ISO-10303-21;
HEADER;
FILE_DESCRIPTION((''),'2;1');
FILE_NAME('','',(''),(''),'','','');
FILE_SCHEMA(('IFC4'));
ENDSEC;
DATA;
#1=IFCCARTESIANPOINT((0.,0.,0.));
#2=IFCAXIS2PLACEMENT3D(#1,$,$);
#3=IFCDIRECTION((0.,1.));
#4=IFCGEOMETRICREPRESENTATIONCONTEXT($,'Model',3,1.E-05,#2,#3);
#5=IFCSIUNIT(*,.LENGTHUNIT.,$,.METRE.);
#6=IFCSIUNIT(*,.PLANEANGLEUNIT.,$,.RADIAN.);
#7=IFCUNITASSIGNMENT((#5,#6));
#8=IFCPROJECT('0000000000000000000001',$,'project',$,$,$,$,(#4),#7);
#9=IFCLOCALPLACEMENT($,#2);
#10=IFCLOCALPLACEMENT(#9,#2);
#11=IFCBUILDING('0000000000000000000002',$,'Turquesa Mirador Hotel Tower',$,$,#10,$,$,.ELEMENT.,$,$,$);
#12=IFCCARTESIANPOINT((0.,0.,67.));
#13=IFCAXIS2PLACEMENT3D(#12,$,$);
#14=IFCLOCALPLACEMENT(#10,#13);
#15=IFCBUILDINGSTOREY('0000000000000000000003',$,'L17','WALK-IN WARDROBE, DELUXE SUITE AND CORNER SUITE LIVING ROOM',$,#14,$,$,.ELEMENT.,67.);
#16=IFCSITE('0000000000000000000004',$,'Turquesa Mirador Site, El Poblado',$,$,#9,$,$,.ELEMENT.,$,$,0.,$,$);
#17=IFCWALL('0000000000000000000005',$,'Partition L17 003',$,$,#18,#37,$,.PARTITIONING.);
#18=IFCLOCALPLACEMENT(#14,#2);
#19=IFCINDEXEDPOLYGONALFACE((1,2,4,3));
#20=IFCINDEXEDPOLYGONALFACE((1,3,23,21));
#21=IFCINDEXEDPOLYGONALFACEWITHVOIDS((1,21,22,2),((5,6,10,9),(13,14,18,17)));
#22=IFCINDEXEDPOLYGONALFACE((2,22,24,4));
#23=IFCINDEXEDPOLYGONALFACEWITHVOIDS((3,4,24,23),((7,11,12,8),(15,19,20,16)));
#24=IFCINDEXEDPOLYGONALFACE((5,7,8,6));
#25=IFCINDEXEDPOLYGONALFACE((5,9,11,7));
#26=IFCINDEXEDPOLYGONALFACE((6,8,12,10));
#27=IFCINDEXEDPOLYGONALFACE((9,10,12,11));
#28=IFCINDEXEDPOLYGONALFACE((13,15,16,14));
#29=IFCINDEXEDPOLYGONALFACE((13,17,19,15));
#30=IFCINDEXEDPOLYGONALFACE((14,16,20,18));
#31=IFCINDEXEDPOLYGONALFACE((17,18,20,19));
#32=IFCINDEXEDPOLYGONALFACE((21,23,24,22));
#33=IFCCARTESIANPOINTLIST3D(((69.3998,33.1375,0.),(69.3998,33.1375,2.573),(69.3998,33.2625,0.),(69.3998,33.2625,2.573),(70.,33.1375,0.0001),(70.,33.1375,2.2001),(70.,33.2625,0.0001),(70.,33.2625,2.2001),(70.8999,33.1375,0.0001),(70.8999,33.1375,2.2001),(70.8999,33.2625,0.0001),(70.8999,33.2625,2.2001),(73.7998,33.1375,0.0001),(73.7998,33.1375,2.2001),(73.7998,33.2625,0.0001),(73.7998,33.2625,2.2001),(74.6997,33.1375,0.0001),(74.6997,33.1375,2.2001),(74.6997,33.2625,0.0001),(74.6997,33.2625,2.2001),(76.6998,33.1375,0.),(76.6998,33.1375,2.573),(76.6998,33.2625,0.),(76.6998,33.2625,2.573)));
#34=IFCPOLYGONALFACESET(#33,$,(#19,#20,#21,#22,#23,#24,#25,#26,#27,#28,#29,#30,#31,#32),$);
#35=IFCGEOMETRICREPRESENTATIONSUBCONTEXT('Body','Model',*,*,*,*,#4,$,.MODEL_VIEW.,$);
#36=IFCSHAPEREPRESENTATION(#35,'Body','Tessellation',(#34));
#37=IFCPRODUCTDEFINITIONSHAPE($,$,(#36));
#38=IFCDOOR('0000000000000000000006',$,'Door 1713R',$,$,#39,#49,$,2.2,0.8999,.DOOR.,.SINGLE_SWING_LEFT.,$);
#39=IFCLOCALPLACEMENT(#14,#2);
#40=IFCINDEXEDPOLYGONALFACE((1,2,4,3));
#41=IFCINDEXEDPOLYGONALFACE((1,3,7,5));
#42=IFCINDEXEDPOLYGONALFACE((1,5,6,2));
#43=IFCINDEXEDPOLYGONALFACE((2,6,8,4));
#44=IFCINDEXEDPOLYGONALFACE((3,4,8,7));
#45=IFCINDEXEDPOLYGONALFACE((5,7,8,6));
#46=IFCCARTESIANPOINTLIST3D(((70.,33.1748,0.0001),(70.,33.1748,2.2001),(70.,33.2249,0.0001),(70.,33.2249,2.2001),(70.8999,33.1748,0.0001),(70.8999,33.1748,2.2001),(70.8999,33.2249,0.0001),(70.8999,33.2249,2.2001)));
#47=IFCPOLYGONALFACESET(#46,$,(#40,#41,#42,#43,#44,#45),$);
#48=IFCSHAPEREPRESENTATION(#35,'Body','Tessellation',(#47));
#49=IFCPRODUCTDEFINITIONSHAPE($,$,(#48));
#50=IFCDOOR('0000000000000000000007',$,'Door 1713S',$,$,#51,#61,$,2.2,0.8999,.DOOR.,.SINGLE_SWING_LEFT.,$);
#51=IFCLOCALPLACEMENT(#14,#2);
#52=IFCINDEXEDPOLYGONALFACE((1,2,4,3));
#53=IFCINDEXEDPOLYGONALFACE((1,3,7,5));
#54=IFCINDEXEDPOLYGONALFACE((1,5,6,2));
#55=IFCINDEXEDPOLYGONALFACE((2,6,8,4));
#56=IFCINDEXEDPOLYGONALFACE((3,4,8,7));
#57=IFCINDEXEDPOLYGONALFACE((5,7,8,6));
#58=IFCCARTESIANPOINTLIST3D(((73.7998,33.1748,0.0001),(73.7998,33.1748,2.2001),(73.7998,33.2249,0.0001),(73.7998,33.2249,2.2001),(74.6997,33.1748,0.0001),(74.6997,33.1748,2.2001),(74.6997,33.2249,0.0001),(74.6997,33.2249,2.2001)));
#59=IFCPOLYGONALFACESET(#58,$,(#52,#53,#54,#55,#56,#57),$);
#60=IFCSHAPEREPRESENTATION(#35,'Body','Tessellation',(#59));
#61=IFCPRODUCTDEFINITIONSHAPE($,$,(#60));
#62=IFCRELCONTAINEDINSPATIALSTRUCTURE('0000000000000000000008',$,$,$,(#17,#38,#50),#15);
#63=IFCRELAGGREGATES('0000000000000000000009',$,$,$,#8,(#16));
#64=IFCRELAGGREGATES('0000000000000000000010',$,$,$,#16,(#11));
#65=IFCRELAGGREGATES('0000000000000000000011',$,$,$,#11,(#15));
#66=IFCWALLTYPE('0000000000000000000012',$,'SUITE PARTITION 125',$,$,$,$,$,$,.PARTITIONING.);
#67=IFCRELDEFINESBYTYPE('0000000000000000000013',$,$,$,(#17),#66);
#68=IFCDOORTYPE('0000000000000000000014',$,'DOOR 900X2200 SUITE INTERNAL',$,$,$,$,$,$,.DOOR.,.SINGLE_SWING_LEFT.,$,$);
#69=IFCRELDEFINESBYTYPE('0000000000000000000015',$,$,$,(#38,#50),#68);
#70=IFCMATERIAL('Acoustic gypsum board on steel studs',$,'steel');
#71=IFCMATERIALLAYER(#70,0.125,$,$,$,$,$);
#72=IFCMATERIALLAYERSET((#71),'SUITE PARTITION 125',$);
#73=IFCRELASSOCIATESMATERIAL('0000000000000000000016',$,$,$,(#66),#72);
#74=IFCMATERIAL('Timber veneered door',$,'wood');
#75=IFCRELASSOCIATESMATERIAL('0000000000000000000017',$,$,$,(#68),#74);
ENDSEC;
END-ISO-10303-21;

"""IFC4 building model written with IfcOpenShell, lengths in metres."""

from ifc_helpers import new_model, si_unit, direction, frame, frame_2d, origin, place, context, subcontext, project, spatial, rectangle, extrude, material, layer, layer_set, type_object, element, fill, save


model = new_model("IFC4")

# Units and contexts
model_context = context("Model", 3, precision=1e-05, world=origin(), true_north=direction((0.0, 1.0)))
body_context = subcontext(model_context, "Body", "Model", "MODEL_VIEW")
ifc_project = project(units=[si_unit("LENGTHUNIT", "METRE"), si_unit("PLANEANGLEUNIT", "RADIAN")], contexts=[model_context])

# Site, building, storey
site_placement = place(None, origin())
site = spatial("IfcSite", under=ifc_project, at=site_placement, Name="Turquesa Mirador Site, El Poblado", CompositionType="ELEMENT", RefElevation=0.0)
building_placement = place(site_placement, origin())
building = spatial("IfcBuilding", under=site, at=building_placement, Name="Turquesa Mirador Hotel Tower", CompositionType="ELEMENT")
storey_placement = place(building_placement, frame((0.0, 0.0, 67.0)))
storey = spatial("IfcBuildingStorey", under=building, at=storey_placement, Name="L17", Description="WALK-IN WARDROBE, DELUXE SUITE AND CORNER SUITE LIVING ROOM", CompositionType="ELEMENT", Elevation=67.0)

# Wall, openings, doors
ifc_material_1 = material(Name="Acoustic gypsum board on steel studs", Category="steel")
ifc_layer_1 = layer(ifc_material_1, 0.125)
ifc_layer_set_1 = layer_set([ifc_layer_1], Name="SUITE PARTITION 125")
wall_type_1 = type_object("IfcWallType", Name="SUITE PARTITION 125", PredefinedType="PARTITIONING", material=ifc_layer_set_1)
wall_1_placement = place(storey_placement, frame((69.3999, 33.2, 0.0), z_axis=(0.0, 0.0, 1.0), x_axis=(1.0, 0.0, 0.0)))
wall_1 = element("IfcWall", 1, at=wall_1_placement, inside=storey, type_object=wall_type_1, Name="Partition L17 003", PredefinedType="PARTITIONING", context=body_context, shape_type="SweptSolid", body=[
    extrude(rectangle(XDim=7.3, YDim=0.125, at=frame_2d((3.6499, 0.0))), origin(), (0.0, 0.0, 1.0), 2.573),
])
opening_1_placement = place(wall_1_placement, frame((0.6001, 0.0, 0.0)))
opening_1 = element("IfcOpeningElement", 2, at=opening_1_placement, cuts=wall_1, PredefinedType="OPENING", context=body_context, shape_type="SweptSolid", body=[
    extrude(rectangle(XDim=0.8999, YDim=2.2, at=frame_2d((0.45, 1.1001))), frame((0.0, 0.0725, 0.0), z_axis=(0.0, -1.0, 0.0), x_axis=(1.0, 0.0, 0.0)), (0.0, 0.0, 1.0), 0.145),
])
opening_2_placement = place(wall_1_placement, frame((4.3999, 0.0, 0.0)))
opening_2 = element("IfcOpeningElement", 3, at=opening_2_placement, cuts=wall_1, PredefinedType="OPENING", context=body_context, shape_type="SweptSolid", body=[
    extrude(rectangle(XDim=0.8999, YDim=2.2, at=frame_2d((0.45, 1.1001))), frame((0.0, 0.0725, 0.0), z_axis=(0.0, -1.0, 0.0), x_axis=(1.0, 0.0, 0.0)), (0.0, 0.0, 1.0), 0.145),
])
ifc_material_2 = material(Name="Timber veneered door", Category="wood")
door_type_1 = type_object("IfcDoorType", Name="DOOR 900X2200 SUITE INTERNAL", OperationType="SINGLE_SWING_LEFT", PredefinedType="DOOR", material=ifc_material_2)
door_1_placement = place(opening_1_placement, origin())
door_1 = element("IfcDoor", 4, at=door_1_placement, inside=storey, type_object=door_type_1, Name="Door 1713R", OperationType="SINGLE_SWING_LEFT", OverallHeight=2.2, OverallWidth=0.8999, PredefinedType="DOOR", context=body_context, shape_type="SweptSolid", body=[
    extrude(rectangle(XDim=0.8999, YDim=2.2, at=frame_2d((0.45, 1.1001))), frame((0.0, 0.0249, 0.0), z_axis=(0.0, -1.0, 0.0), x_axis=(1.0, 0.0, 0.0)), (0.0, 0.0, 1.0), 0.05),
])
fill(opening_1, door_1)
door_2_placement = place(opening_2_placement, origin())
door_2 = element("IfcDoor", 5, at=door_2_placement, inside=storey, type_object=door_type_1, Name="Door 1713S", OperationType="SINGLE_SWING_LEFT", OverallHeight=2.2, OverallWidth=0.8999, PredefinedType="DOOR", context=body_context, shape_type="SweptSolid", body=[
    extrude(rectangle(XDim=0.8999, YDim=2.2, at=frame_2d((0.45, 1.1001))), frame((0.0, 0.0249, 0.0), z_axis=(0.0, -1.0, 0.0), x_axis=(1.0, 0.0, 0.0)), (0.0, 0.0, 1.0), 0.05),
])
fill(opening_2, door_2)

save(model, "model.ifc")
